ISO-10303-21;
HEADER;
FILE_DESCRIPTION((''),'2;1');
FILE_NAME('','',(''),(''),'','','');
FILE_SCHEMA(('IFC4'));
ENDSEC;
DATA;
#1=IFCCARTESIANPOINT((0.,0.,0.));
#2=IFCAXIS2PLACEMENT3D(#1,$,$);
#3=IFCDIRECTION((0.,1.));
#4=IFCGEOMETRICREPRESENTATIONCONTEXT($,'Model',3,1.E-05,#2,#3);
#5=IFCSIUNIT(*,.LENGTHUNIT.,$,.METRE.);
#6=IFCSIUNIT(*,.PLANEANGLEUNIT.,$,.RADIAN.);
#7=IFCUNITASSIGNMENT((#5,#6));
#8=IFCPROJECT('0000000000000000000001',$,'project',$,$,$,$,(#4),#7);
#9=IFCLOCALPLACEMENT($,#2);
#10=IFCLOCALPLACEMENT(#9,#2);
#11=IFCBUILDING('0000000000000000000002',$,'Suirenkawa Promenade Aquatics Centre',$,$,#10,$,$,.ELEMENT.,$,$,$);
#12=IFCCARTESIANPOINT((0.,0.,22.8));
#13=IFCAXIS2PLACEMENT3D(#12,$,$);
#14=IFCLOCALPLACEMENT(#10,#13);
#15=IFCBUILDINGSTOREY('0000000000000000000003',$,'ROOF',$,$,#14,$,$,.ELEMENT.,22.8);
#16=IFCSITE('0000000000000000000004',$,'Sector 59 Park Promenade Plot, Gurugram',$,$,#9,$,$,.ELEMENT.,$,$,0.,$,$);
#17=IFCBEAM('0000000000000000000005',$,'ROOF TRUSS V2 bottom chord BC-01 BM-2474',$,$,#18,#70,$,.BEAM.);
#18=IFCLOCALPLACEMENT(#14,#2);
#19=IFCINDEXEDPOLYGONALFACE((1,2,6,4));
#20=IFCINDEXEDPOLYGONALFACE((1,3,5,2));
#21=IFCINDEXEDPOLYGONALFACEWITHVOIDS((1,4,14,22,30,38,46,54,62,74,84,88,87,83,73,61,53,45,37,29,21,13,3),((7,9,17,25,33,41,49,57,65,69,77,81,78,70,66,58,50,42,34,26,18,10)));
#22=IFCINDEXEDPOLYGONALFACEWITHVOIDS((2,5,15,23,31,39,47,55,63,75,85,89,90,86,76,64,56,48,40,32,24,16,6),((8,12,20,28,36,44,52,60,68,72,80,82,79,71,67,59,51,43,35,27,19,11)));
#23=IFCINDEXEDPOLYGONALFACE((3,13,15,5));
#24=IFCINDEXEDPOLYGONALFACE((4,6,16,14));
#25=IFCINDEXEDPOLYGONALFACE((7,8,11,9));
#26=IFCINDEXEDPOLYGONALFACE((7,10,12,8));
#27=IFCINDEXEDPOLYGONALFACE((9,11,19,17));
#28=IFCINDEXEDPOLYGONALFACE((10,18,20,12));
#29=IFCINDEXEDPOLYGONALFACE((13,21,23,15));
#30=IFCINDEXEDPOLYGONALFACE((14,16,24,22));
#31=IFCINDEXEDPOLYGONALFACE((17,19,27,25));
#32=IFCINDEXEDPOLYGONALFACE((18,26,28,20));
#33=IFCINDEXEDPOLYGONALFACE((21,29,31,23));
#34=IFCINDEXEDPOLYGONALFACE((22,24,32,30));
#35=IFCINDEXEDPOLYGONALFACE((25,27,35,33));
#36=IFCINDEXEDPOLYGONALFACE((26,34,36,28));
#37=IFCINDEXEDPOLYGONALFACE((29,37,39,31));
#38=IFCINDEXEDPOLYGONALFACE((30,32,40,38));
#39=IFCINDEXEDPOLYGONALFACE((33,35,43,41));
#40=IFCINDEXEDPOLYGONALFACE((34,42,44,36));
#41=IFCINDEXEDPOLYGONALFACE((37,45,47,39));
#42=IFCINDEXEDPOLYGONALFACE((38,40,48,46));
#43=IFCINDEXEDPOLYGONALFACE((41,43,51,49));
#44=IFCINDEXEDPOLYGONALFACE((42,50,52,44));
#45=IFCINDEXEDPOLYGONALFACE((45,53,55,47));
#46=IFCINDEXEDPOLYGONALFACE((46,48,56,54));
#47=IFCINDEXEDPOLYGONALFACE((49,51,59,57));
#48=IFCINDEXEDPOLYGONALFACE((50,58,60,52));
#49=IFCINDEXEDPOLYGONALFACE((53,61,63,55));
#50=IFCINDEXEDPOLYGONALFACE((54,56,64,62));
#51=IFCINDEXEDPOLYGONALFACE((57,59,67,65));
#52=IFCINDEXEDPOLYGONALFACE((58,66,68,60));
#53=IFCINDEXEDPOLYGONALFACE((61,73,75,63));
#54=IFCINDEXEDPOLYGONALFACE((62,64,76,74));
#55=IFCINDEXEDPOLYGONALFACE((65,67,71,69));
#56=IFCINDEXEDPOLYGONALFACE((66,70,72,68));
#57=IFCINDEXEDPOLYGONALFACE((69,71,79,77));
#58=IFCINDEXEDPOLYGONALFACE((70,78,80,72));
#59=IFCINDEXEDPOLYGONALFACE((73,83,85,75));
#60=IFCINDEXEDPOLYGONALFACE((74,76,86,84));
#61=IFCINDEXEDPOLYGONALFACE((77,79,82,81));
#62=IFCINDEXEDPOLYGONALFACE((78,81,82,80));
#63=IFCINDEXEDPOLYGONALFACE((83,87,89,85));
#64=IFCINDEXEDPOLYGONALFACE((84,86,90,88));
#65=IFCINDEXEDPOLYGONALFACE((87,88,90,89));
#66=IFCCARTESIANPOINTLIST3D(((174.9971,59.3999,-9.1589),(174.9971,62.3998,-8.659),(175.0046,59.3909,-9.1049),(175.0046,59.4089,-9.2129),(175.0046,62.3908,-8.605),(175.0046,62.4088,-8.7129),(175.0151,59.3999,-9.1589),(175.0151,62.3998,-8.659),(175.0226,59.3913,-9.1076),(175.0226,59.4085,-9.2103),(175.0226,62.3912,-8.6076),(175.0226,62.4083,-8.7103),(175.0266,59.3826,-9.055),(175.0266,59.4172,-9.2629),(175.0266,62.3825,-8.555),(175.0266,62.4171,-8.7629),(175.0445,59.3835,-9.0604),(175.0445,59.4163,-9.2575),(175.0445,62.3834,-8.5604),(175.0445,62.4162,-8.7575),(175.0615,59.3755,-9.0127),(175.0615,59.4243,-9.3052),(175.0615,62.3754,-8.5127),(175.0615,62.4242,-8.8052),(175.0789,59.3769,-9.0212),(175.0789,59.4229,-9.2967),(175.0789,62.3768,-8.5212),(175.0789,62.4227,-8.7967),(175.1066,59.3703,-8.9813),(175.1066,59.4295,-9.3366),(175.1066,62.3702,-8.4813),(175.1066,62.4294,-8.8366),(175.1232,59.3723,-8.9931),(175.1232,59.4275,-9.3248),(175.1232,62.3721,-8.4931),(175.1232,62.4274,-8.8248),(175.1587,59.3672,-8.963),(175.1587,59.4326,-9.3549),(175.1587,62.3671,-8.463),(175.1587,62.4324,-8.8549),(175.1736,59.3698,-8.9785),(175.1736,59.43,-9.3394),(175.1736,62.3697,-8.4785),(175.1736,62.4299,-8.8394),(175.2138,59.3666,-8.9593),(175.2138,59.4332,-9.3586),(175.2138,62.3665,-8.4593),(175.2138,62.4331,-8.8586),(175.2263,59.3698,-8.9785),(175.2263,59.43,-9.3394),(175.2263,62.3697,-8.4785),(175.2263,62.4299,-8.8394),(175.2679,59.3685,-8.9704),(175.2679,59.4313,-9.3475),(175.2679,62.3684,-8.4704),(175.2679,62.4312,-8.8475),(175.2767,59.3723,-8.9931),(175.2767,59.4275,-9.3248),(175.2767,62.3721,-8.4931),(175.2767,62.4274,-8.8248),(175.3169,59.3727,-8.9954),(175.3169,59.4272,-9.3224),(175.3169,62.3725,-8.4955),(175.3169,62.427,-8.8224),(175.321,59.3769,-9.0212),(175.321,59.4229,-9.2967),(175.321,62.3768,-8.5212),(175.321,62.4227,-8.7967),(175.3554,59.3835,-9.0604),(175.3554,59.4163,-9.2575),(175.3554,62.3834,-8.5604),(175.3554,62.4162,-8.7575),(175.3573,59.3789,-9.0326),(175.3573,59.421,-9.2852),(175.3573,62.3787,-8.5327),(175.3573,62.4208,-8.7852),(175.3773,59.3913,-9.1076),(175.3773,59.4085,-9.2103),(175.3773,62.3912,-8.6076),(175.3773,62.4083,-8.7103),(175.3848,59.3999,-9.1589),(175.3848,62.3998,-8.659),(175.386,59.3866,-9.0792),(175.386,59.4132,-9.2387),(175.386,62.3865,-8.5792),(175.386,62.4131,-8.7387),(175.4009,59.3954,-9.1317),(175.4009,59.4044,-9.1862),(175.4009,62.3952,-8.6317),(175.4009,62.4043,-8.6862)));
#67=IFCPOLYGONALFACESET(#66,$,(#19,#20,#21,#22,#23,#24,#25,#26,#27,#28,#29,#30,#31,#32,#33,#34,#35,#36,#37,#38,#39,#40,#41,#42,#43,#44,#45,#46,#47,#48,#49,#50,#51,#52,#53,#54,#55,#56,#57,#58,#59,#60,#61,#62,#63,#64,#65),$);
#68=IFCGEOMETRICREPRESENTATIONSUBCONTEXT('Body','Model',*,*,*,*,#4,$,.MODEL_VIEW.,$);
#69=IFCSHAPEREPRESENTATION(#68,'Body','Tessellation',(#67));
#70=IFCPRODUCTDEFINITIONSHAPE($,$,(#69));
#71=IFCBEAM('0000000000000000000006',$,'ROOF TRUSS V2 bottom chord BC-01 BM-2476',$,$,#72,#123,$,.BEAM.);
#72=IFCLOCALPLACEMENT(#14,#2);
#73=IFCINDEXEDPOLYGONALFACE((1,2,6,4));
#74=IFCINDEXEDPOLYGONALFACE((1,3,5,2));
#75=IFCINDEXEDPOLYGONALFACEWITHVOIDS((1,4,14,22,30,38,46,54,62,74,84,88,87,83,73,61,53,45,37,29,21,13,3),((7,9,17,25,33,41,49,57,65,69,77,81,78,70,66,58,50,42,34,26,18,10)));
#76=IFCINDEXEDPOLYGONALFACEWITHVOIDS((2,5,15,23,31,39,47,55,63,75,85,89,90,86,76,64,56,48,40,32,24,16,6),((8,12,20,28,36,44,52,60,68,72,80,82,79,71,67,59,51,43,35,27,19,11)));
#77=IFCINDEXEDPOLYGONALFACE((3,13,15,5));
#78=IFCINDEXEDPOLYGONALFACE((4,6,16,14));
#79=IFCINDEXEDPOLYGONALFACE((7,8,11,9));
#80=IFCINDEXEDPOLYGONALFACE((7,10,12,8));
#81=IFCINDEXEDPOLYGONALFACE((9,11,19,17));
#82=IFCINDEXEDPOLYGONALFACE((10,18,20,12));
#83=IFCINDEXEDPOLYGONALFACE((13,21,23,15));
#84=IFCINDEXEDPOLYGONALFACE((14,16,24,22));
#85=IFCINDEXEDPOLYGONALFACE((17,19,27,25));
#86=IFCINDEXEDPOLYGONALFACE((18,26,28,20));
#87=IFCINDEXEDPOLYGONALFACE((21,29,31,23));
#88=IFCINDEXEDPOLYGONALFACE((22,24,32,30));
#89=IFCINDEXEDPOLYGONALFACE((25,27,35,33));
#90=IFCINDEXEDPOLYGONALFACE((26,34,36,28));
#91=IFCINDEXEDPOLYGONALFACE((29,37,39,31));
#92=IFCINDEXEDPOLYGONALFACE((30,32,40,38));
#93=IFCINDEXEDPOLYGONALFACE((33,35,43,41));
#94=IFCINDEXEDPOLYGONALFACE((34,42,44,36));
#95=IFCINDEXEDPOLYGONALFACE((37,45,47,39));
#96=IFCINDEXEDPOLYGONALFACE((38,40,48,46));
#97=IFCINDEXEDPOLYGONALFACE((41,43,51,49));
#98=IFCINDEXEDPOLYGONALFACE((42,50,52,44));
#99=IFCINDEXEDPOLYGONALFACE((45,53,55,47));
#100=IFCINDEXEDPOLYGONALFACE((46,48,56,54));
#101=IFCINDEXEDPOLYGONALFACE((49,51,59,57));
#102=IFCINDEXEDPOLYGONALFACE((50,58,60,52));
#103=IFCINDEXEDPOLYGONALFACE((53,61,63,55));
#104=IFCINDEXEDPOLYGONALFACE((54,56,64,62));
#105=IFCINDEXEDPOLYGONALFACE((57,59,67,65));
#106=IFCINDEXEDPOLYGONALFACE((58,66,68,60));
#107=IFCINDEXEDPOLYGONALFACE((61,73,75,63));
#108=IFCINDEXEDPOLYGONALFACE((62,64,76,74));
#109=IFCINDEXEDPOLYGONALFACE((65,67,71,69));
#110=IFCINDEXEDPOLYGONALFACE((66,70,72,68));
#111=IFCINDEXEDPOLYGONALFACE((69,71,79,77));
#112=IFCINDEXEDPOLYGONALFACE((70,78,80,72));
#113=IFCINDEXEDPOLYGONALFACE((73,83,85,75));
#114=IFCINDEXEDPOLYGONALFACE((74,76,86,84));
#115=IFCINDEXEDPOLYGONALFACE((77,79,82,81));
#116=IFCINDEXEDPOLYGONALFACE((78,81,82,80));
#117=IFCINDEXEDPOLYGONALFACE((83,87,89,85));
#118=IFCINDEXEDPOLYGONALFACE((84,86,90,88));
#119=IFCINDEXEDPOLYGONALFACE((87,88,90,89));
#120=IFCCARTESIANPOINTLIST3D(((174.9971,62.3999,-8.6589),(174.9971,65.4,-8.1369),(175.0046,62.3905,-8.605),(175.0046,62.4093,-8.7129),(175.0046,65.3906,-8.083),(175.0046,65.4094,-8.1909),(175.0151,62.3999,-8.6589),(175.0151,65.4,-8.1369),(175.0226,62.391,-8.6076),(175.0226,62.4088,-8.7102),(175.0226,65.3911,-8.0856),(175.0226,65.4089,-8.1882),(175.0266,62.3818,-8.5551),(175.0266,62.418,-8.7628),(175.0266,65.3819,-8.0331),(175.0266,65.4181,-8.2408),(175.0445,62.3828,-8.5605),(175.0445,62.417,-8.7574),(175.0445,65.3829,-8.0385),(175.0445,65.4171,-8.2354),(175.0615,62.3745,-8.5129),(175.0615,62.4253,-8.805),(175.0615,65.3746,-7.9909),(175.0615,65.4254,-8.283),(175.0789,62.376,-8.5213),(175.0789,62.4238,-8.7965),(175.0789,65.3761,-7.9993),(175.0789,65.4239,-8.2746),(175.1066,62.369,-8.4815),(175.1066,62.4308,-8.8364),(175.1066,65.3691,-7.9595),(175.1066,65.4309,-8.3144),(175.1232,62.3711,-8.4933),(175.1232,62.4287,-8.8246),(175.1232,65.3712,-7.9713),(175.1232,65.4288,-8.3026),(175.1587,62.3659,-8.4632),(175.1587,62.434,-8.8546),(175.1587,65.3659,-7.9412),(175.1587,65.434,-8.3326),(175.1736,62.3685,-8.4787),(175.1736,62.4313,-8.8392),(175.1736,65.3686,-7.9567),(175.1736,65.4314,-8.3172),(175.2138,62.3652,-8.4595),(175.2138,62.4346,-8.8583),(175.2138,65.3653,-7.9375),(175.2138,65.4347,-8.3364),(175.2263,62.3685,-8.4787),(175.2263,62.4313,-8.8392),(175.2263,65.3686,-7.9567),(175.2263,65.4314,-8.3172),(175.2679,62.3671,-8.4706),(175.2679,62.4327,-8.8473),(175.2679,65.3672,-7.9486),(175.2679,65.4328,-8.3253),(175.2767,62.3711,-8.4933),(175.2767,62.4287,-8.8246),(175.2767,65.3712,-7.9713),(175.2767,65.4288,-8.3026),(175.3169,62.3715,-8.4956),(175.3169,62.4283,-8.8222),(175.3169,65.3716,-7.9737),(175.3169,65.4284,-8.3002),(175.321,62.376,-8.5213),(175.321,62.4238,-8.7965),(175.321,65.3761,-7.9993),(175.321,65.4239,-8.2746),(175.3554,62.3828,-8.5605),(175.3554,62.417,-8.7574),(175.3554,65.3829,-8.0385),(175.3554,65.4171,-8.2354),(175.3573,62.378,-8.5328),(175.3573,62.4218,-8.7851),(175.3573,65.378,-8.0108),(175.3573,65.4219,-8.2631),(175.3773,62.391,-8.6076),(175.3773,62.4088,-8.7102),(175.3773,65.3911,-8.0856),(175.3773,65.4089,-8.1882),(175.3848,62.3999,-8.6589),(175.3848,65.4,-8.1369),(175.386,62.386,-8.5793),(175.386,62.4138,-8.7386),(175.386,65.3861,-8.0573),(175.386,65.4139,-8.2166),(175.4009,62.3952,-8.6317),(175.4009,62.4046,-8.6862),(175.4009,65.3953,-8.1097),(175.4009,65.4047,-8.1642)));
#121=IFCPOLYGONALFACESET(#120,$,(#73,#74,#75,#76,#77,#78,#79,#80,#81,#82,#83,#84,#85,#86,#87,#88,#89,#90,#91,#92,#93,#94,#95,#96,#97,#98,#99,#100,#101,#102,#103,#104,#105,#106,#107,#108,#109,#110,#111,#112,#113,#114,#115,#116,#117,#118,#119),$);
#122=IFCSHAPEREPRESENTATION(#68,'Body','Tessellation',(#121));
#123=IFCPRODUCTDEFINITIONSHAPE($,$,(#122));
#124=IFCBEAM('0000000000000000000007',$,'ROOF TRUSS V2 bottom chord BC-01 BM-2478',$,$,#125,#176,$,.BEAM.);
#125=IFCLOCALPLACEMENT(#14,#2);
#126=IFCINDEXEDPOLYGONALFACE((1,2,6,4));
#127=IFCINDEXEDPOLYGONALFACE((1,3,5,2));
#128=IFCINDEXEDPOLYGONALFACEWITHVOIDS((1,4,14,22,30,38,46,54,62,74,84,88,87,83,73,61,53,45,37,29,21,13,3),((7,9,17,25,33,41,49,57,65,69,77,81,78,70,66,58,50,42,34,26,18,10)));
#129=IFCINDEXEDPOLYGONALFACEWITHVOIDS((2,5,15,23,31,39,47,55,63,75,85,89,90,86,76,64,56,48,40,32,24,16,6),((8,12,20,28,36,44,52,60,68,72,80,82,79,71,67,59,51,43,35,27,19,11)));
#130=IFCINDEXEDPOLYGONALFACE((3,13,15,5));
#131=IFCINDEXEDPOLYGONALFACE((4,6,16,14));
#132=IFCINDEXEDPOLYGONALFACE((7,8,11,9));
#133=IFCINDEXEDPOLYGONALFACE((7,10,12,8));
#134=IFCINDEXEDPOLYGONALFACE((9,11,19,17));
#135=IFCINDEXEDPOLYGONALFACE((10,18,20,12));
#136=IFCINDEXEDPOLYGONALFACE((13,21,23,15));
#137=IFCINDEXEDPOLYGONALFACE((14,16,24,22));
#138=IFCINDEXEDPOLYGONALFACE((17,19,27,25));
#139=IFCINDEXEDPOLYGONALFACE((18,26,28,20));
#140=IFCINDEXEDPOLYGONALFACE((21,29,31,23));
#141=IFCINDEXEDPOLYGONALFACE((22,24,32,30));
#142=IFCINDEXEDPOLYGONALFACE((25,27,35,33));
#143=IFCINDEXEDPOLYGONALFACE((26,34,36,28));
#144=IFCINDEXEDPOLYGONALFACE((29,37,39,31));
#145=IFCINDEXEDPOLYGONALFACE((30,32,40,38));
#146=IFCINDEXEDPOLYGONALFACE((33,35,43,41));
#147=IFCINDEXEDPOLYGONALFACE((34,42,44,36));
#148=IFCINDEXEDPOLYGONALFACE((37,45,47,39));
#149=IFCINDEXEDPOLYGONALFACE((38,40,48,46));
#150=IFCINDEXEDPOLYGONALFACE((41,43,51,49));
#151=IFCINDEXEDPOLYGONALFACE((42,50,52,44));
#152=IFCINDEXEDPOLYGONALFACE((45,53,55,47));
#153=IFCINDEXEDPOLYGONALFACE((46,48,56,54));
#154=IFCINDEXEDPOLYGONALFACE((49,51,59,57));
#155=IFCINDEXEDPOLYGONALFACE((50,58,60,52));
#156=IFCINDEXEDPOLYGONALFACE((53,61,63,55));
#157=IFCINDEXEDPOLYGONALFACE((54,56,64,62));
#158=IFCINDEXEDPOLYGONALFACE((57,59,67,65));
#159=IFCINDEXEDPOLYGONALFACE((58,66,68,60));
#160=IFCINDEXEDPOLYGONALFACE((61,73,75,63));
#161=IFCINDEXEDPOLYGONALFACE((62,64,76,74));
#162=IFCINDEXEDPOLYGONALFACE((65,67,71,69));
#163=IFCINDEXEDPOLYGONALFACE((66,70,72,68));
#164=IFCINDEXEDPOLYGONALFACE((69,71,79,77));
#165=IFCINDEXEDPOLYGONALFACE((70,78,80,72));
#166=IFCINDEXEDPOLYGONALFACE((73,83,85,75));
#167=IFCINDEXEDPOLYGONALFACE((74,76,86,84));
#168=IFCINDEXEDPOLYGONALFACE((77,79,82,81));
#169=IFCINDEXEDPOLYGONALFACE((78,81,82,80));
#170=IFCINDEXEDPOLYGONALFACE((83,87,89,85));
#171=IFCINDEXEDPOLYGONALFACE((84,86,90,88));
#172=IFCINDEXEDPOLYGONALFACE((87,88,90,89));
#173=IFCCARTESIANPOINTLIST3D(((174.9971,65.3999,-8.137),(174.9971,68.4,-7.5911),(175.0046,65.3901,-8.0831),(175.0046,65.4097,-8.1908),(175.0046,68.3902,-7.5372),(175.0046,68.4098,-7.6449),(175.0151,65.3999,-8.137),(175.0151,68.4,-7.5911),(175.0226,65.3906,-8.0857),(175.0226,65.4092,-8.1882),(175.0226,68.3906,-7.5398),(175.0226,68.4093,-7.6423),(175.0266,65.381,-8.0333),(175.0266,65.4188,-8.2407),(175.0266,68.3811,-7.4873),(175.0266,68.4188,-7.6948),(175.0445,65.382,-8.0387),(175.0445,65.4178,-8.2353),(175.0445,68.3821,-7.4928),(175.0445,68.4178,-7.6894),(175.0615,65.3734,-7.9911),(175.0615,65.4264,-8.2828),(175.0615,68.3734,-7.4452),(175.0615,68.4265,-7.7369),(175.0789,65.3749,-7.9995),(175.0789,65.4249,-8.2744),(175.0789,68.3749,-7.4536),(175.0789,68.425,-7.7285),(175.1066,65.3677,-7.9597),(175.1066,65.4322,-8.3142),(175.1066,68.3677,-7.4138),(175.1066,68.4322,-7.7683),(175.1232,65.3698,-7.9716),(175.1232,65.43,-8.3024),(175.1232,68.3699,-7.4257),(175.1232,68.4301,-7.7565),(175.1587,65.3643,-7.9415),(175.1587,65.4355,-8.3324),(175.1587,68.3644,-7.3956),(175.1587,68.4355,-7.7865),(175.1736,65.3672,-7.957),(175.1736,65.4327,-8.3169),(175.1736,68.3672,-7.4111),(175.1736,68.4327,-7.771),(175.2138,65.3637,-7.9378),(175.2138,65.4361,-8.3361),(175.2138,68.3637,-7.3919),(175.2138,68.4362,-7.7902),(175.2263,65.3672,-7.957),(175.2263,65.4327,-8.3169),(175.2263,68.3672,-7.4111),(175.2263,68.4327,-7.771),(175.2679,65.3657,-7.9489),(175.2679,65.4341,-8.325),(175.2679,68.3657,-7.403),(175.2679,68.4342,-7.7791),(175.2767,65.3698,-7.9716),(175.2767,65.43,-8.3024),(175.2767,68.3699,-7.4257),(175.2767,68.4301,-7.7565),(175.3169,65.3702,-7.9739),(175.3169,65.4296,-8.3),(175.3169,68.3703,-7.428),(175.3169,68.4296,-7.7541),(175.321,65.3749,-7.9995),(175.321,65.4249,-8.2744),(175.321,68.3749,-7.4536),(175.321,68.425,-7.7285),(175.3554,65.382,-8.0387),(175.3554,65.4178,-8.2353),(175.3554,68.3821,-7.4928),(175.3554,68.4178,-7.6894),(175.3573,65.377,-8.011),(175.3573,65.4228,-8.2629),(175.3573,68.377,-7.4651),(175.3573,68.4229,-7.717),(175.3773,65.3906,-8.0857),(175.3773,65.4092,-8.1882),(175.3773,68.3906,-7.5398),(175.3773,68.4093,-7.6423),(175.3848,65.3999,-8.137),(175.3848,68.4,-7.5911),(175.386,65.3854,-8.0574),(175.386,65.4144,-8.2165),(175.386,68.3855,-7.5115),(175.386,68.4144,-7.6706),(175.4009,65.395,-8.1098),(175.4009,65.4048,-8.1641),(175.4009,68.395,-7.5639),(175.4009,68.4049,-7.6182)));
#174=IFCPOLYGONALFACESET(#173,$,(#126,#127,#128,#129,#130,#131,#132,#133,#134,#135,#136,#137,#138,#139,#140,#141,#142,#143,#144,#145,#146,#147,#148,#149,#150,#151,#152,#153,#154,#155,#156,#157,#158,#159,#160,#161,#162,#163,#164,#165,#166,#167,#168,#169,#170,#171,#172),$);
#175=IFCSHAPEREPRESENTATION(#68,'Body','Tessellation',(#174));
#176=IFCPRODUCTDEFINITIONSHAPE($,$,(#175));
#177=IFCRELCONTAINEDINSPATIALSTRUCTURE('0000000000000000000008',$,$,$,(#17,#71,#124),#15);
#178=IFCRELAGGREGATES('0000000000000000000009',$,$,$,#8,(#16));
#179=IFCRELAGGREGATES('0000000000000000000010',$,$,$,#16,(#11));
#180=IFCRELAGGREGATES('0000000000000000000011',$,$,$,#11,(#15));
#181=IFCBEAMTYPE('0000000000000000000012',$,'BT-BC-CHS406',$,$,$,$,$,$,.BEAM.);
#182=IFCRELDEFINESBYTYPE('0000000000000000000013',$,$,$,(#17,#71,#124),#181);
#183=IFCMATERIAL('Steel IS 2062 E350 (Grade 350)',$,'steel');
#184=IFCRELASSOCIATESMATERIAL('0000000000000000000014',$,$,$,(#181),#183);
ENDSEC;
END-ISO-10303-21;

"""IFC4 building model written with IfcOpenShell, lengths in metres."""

from ifc_helpers import new_model, si_unit, direction, frame, origin, origin_2d, place, context, subcontext, project, spatial, hollow_circle, extrude, material, material_profile, profile_set, type_object, element, save


model = new_model("IFC4")

# Units and contexts
model_context = context("Model", 3, precision=1e-05, world=origin(), true_north=direction((0.0, 1.0)))
body_context = subcontext(model_context, "Body", "Model", "MODEL_VIEW")
ifc_project = project(units=[si_unit("LENGTHUNIT", "METRE"), si_unit("PLANEANGLEUNIT", "RADIAN")], contexts=[model_context])

# Site, building, storey
site_placement = place(None, origin())
site = spatial("IfcSite", under=ifc_project, at=site_placement, Name="Sector 59 Park Promenade Plot, Gurugram", CompositionType="ELEMENT", RefElevation=0.0)
building_placement = place(site_placement, origin())
building = spatial("IfcBuilding", under=site, at=building_placement, Name="Suirenkawa Promenade Aquatics Centre", CompositionType="ELEMENT")
storey_placement = place(building_placement, frame((0.0, 0.0, 22.8)))
storey = spatial("IfcBuildingStorey", under=building, at=storey_placement, Name="ROOF", CompositionType="ELEMENT", Elevation=22.8)

# Beams
ifc_material = material(Name="Steel IS 2062 E350 (Grade 350)", Category="steel")
ifc_material_profile_1 = material_profile(ifc_material, hollow_circle(Radius=0.2029, WallThickness=0.0181, at=origin_2d()), Name="CHS 406x18", Category="steel")
ifc_profile_set_1 = profile_set([ifc_material_profile_1], Name="Steel IS 2062 E350 (Grade 350)")
beam_type_1 = type_object("IfcBeamType", Name="BT-BC-CHS406", PredefinedType="BEAM", material=ifc_profile_set_1)
beam_1_placement = place(storey_placement, frame((175.2, 59.3999, -9.1589), z_axis=(0.0, 0.986394, 0.164399), x_axis=(-1.0, 0.0, 0.0)))
element("IfcBeam", 1, at=beam_1_placement, inside=storey, type_object=beam_type_1, Name="ROOF TRUSS V2 bottom chord BC-01 BM-2474", PredefinedType="BEAM", context=body_context, shape_type="SweptSolid", body=[
    extrude(hollow_circle(Radius=0.2029, WallThickness=0.0181, at=origin_2d()), origin(), (0.0, 0.0, 1.0), 3.0413),
])
beam_2_placement = place(storey_placement, frame((175.2, 62.3999, -8.6589), z_axis=(0.0, 0.985199, 0.171416), x_axis=(-1.0, 0.0, 0.0)))
element("IfcBeam", 2, at=beam_2_placement, inside=storey, type_object=beam_type_1, Name="ROOF TRUSS V2 bottom chord BC-01 BM-2476", PredefinedType="BEAM", context=body_context, shape_type="SweptSolid", body=[
    extrude(hollow_circle(Radius=0.2029, WallThickness=0.0181, at=origin_2d()), origin(), (0.0, 0.0, 1.0), 3.0452),
])
beam_3_placement = place(storey_placement, frame((175.2, 65.3999, -8.137), z_axis=(0.0, 0.983844, 0.179026), x_axis=(-1.0, 0.0, 0.0)))
element("IfcBeam", 3, at=beam_3_placement, inside=storey, type_object=beam_type_1, Name="ROOF TRUSS V2 bottom chord BC-01 BM-2478", PredefinedType="BEAM", context=body_context, shape_type="SweptSolid", body=[
    extrude(hollow_circle(Radius=0.2029, WallThickness=0.0181, at=origin_2d()), origin(), (0.0, 0.0, 1.0), 3.0493),
])

save(model, "model.ifc")
